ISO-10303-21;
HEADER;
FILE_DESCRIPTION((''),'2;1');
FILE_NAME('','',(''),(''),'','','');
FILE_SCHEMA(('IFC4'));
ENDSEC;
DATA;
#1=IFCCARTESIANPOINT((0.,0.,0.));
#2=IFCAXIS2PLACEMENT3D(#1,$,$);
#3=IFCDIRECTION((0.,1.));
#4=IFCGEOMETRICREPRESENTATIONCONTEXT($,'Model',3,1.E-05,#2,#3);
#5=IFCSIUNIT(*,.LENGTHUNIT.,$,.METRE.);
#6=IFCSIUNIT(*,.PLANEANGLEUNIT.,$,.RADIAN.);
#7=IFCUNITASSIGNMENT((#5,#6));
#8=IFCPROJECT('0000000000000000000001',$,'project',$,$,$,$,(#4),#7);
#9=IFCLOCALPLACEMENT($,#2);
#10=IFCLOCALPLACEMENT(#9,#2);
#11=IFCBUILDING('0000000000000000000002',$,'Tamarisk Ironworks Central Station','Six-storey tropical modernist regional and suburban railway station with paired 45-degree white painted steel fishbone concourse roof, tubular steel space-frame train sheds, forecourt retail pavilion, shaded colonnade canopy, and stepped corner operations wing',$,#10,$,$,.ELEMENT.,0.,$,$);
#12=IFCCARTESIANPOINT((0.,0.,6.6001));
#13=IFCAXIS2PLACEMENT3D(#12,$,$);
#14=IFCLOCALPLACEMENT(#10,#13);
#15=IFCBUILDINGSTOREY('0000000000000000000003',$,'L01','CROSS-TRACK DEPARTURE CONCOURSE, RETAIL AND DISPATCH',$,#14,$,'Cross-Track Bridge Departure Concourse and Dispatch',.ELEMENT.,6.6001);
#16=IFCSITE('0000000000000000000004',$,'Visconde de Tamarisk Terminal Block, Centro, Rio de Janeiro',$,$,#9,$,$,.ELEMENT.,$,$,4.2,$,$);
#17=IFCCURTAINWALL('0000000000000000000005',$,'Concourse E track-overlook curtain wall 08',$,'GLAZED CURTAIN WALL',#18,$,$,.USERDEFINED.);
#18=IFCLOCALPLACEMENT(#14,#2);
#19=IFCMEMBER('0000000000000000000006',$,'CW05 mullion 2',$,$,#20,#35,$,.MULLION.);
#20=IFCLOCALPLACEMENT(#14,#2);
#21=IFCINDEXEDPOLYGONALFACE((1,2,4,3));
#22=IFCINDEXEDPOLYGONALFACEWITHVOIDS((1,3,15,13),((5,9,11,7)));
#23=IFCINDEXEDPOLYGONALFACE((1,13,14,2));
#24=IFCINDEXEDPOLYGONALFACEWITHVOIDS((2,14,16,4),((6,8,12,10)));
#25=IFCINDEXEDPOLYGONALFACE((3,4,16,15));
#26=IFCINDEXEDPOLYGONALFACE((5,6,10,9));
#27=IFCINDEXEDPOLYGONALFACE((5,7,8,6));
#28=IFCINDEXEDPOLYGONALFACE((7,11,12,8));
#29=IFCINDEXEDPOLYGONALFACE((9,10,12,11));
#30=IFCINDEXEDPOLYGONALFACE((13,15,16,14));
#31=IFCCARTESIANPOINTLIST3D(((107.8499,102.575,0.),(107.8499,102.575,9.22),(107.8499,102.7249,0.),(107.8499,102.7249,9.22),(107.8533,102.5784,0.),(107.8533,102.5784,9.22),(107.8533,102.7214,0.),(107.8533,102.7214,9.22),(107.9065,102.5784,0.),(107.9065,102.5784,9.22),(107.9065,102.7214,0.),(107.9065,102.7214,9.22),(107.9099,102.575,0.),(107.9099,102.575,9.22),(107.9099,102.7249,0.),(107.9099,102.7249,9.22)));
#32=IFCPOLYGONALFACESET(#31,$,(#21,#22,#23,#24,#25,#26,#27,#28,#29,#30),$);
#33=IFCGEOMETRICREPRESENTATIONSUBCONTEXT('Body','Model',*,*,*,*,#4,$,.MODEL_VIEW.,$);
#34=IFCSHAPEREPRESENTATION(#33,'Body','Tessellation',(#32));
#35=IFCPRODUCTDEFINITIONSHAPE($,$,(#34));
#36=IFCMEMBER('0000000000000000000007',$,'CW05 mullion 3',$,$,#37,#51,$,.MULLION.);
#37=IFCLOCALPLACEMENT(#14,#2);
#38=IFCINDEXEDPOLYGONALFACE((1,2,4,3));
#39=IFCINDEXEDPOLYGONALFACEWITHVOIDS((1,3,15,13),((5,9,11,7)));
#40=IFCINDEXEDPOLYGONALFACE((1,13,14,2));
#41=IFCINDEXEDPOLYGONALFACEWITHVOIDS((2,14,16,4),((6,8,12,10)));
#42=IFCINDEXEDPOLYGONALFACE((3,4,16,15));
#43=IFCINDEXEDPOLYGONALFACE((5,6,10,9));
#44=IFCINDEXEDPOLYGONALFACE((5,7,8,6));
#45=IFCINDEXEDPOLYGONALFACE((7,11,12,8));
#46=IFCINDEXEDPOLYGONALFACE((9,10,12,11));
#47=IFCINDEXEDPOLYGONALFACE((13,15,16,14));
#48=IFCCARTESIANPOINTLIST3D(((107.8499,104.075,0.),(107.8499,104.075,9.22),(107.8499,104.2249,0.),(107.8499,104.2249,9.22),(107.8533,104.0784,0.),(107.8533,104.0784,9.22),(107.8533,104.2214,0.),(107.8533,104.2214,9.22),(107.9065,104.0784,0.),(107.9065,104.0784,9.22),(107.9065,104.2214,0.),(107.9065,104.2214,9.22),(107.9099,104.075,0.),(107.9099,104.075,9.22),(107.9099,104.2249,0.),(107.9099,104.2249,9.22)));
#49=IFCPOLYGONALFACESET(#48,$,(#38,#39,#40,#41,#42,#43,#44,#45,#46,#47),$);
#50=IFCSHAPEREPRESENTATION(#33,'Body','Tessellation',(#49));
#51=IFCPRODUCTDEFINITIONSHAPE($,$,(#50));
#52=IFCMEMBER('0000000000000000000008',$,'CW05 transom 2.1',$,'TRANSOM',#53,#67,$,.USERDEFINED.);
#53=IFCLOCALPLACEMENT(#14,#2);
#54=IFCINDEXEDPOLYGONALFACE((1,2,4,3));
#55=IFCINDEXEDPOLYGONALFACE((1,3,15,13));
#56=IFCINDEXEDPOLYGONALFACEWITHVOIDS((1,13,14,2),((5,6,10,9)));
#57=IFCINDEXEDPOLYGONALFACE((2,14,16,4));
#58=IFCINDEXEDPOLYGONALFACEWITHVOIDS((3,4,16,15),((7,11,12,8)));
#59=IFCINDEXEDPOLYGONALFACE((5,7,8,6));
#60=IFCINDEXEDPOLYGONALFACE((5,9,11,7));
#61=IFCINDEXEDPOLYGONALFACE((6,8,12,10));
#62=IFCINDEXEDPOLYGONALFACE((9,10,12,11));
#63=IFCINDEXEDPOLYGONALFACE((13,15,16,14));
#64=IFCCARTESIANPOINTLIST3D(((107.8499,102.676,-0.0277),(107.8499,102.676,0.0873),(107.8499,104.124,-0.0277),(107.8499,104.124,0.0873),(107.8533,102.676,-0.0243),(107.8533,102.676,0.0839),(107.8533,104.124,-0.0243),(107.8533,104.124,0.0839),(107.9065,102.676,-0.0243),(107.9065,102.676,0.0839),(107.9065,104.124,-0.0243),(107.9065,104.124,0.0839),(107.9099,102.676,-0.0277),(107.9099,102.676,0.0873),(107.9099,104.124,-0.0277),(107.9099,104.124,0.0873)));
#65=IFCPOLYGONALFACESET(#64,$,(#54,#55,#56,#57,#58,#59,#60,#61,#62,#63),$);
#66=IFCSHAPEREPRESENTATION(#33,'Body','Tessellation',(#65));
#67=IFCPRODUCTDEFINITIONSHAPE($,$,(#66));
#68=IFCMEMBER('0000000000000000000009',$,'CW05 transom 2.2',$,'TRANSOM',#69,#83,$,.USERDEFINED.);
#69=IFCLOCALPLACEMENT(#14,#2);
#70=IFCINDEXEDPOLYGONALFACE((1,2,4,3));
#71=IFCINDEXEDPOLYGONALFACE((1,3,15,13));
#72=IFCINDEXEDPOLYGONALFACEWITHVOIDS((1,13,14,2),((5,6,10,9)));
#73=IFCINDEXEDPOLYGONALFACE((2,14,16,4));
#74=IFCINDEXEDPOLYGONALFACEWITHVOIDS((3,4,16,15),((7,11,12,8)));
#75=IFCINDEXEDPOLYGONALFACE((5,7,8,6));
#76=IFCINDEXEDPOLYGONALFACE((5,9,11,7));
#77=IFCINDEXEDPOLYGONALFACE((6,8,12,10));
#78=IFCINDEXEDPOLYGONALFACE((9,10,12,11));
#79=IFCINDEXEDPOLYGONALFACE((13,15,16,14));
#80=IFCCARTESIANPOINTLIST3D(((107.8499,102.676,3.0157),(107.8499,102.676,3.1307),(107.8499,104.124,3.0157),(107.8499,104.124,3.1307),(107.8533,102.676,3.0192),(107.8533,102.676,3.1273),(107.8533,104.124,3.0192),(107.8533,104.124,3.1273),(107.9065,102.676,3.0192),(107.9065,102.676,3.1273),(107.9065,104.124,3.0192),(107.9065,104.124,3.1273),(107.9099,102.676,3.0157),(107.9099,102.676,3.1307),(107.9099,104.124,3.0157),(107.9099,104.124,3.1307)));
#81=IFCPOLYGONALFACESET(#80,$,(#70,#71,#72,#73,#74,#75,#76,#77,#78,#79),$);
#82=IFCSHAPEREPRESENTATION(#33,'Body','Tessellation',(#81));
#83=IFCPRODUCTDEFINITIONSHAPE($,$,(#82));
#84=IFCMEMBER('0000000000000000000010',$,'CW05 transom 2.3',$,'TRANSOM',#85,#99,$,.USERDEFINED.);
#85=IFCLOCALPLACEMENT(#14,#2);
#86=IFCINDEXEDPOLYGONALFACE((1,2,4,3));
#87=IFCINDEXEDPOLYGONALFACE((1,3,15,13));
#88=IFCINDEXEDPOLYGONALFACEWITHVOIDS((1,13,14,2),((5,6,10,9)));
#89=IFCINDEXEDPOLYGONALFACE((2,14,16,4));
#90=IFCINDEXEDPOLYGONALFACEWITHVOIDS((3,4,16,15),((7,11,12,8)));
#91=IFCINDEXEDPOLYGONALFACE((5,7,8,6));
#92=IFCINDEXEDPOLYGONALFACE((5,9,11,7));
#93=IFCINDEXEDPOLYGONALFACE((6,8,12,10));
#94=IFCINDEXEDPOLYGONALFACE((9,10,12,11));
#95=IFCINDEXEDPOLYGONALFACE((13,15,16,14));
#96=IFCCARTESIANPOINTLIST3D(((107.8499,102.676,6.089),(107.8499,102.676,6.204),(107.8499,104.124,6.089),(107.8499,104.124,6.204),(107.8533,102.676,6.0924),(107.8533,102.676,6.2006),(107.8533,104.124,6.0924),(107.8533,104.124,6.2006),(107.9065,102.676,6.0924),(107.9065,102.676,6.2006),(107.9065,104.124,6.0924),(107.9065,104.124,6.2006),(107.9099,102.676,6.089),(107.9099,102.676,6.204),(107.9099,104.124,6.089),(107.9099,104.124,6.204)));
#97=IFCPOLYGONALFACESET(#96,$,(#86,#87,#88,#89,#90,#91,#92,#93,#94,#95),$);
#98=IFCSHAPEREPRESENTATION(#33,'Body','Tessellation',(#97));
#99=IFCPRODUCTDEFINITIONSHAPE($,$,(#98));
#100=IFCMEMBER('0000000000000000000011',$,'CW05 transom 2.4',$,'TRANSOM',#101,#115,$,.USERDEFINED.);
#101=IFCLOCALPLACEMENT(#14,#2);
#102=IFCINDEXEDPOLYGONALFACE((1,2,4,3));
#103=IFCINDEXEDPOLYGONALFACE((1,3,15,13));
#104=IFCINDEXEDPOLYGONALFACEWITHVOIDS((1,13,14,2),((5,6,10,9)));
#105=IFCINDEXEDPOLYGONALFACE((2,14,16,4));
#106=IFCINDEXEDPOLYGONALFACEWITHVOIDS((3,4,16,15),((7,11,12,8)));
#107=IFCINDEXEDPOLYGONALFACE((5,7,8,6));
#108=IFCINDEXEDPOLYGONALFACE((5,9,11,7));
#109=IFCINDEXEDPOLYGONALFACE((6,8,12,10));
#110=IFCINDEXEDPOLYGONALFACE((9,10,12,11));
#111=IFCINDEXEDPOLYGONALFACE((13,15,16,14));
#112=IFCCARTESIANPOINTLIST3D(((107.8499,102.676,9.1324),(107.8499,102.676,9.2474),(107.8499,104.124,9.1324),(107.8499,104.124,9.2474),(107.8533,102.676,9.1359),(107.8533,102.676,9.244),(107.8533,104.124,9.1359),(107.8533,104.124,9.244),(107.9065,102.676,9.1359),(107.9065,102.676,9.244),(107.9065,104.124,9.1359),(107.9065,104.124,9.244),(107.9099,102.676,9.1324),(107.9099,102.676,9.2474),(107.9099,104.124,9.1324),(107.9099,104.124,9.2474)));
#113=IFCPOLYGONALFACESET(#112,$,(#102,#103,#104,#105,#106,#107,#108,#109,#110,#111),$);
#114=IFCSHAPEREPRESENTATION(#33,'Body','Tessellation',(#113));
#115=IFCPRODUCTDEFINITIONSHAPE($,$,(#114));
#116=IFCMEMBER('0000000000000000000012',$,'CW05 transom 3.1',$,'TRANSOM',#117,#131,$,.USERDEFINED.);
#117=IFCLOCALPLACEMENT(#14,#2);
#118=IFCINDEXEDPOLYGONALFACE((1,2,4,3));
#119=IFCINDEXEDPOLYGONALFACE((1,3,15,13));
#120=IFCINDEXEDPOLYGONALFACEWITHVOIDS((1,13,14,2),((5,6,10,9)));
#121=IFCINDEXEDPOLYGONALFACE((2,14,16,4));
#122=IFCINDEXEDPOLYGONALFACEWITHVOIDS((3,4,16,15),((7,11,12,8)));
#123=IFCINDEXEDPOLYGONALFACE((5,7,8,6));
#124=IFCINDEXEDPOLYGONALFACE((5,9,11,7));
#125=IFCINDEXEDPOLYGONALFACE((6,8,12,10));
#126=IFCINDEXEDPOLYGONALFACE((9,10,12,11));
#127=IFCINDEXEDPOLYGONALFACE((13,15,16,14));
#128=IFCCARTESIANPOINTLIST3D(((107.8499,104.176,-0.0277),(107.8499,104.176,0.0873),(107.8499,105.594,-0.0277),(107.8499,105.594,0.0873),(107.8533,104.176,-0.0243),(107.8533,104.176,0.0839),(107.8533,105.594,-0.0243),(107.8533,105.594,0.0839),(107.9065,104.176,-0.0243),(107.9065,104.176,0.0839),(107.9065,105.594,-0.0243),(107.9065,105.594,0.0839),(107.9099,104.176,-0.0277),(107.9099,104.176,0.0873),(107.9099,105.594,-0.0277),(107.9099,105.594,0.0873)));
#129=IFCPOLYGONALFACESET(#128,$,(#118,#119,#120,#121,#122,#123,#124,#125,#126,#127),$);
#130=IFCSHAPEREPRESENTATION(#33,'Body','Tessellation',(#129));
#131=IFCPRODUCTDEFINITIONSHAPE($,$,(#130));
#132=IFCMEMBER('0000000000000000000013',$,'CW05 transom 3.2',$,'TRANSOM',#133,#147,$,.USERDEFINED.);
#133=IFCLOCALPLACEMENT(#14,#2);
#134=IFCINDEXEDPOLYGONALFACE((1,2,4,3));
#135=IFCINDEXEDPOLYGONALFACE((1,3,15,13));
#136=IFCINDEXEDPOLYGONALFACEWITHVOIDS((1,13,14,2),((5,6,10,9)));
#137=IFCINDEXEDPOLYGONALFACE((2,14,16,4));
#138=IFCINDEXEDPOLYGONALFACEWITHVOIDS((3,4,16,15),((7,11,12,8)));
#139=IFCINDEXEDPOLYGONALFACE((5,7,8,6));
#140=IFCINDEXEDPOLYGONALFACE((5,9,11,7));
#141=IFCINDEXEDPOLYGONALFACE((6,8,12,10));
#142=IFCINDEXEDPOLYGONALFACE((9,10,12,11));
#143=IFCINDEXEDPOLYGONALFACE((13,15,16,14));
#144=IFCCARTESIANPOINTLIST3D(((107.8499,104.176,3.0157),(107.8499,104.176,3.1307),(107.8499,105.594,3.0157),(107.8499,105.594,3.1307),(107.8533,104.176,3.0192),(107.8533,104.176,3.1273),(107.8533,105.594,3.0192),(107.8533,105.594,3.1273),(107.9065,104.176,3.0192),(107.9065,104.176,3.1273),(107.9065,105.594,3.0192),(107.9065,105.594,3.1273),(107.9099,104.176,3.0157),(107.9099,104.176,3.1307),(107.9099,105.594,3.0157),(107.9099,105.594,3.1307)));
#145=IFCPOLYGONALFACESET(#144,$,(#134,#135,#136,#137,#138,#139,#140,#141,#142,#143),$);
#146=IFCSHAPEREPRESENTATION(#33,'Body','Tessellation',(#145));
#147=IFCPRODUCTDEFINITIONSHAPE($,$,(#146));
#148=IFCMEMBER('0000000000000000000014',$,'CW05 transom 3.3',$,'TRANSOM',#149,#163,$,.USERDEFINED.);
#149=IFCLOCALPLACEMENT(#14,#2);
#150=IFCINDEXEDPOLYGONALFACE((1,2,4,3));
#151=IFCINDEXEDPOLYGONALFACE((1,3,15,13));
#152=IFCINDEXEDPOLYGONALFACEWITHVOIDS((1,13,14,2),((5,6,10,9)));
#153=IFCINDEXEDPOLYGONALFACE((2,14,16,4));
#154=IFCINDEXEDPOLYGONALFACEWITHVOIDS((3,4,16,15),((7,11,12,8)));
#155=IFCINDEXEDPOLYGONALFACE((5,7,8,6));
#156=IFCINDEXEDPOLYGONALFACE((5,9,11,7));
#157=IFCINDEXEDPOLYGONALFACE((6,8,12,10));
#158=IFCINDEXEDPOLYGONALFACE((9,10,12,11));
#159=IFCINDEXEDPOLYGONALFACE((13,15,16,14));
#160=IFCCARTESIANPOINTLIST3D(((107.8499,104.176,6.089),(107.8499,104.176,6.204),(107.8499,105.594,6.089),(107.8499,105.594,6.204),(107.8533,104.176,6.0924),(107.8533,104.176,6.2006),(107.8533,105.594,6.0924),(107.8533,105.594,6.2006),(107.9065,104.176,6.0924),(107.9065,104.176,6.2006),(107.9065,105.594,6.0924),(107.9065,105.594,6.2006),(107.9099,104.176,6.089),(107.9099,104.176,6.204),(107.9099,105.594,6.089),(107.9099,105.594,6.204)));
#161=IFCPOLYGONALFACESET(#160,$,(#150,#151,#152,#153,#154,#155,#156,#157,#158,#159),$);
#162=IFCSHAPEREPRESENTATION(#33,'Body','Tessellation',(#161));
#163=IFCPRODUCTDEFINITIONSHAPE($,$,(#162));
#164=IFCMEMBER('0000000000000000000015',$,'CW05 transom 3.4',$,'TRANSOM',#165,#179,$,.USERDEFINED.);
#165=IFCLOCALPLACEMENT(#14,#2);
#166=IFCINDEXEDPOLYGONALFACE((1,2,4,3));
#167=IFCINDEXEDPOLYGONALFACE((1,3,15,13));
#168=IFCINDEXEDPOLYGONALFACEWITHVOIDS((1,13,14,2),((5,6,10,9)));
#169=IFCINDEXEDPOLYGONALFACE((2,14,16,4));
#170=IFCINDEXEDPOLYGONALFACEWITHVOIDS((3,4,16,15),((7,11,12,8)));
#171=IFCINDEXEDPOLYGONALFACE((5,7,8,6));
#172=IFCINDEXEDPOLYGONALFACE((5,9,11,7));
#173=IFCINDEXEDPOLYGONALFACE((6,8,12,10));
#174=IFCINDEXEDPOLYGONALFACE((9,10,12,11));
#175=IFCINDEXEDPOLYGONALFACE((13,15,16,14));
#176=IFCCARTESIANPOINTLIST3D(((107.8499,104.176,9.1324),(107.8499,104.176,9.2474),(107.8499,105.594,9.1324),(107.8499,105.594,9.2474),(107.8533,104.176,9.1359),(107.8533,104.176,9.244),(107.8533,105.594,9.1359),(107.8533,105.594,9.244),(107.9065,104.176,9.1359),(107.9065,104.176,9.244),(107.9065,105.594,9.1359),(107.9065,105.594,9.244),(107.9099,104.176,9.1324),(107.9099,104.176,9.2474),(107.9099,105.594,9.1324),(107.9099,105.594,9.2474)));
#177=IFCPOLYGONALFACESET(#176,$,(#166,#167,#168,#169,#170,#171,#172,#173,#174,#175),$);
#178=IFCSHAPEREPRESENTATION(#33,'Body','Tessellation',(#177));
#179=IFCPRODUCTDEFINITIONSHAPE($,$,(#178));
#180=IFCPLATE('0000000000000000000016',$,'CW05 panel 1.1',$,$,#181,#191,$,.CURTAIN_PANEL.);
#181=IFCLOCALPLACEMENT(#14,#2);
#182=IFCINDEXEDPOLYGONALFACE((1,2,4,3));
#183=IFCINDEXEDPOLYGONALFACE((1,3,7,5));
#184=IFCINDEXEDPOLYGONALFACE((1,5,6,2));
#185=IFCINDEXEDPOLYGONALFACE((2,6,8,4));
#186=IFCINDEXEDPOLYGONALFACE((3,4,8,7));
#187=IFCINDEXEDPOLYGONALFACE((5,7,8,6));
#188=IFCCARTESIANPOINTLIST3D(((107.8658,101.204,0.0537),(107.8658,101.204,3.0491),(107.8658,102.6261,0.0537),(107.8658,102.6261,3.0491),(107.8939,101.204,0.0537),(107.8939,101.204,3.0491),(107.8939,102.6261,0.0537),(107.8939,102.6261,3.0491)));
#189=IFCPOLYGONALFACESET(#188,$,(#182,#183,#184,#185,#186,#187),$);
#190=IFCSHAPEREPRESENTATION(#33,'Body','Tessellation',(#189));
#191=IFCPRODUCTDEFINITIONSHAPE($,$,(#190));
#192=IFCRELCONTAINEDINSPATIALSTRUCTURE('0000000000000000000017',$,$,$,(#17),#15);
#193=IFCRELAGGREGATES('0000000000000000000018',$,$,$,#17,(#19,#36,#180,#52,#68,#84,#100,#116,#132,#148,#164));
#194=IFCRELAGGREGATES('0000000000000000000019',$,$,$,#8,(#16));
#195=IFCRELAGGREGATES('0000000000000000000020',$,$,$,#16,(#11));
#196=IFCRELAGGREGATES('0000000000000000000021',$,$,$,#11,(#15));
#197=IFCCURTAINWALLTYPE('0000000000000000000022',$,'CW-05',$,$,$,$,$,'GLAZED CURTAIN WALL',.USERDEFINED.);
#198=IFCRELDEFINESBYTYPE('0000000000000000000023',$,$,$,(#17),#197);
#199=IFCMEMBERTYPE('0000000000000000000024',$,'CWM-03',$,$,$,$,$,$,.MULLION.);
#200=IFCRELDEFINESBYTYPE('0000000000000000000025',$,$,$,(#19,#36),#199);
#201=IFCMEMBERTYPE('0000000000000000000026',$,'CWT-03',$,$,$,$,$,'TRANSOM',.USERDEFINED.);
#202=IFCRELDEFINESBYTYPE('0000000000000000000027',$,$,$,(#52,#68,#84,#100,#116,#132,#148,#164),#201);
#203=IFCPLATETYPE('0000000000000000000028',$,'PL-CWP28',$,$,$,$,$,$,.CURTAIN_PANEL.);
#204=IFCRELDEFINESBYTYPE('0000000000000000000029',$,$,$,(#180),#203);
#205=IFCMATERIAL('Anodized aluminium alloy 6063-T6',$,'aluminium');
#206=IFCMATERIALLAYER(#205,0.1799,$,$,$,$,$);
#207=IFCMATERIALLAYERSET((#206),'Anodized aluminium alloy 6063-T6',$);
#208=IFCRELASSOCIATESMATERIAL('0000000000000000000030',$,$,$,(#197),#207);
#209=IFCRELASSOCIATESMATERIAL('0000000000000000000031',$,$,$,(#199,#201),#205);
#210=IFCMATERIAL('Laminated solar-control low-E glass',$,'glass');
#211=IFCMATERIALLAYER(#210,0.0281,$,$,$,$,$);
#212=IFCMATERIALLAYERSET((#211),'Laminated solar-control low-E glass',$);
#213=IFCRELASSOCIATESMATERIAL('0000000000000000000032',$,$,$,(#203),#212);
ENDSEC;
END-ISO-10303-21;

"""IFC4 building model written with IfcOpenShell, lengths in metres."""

from ifc_helpers import new_model, si_unit, direction, frame, origin, origin_2d, place, context, subcontext, project, spatial, rectangle, hollow_rectangle, extrude, material, layer, layer_set, material_profile, profile_set, type_object, element, aggregate, save


model = new_model("IFC4")

# Units and contexts
model_context = context("Model", 3, precision=1e-05, world=origin(), true_north=direction((0.0, 1.0)))
body_context = subcontext(model_context, "Body", "Model", "MODEL_VIEW")
ifc_project = project(units=[si_unit("LENGTHUNIT", "METRE"), si_unit("PLANEANGLEUNIT", "RADIAN")], contexts=[model_context])

# Site, building, storey
site_placement = place(None, origin())
site = spatial("IfcSite", under=ifc_project, at=site_placement, Name="Visconde de Tamarisk Terminal Block, Centro, Rio de Janeiro", CompositionType="ELEMENT", RefElevation=4.2)
building_placement = place(site_placement, origin())
building = spatial("IfcBuilding", under=site, at=building_placement, Name="Tamarisk Ironworks Central Station", Description="Six-storey tropical modernist regional and suburban railway station with paired 45-degree white painted steel fishbone concourse roof, tubular steel space-frame train sheds, forecourt retail pavilion, shaded colonnade canopy, and stepped corner operations wing", CompositionType="ELEMENT", ElevationOfRefHeight=0.0)
storey_placement = place(building_placement, frame((0.0, 0.0, 6.6001)))
storey = spatial("IfcBuildingStorey", under=building, at=storey_placement, Name="L01", Description="CROSS-TRACK DEPARTURE CONCOURSE, RETAIL AND DISPATCH", LongName="Cross-Track Bridge Departure Concourse and Dispatch", CompositionType="ELEMENT", Elevation=6.6001)

# Curtain wall, members, plate
ifc_material_1 = material(Name="Anodized aluminium alloy 6063-T6", Category="aluminium")
ifc_layer_1 = layer(ifc_material_1, 0.1799)
ifc_layer_set_1 = layer_set([ifc_layer_1], Name="Anodized aluminium alloy 6063-T6")
curtain_wall_type = type_object("IfcCurtainWallType", Name="CW-05", ElementType="GLAZED CURTAIN WALL", PredefinedType="USERDEFINED", material=ifc_layer_set_1)
curtain_wall_placement = place(storey_placement, origin())
curtain_wall = element("IfcCurtainWall", 1, at=curtain_wall_placement, inside=storey, type_object=curtain_wall_type, Name="Concourse E track-overlook curtain wall 08", ObjectType="GLAZED CURTAIN WALL", PredefinedType="USERDEFINED")
ifc_material_profile_1 = material_profile(ifc_material_1, hollow_rectangle(XDim=0.0601, YDim=0.1499, WallThickness=0.0034, at=origin_2d()), Name="ALUM 150x60")
ifc_profile_set_1 = profile_set([ifc_material_profile_1], Name="Anodized aluminium alloy 6063-T6")
member_type_1 = type_object("IfcMemberType", Name="CWM-03", PredefinedType="MULLION", material=ifc_profile_set_1)
member_1_placement = place(storey_placement, frame((107.8799, 102.6499, 0.0), z_axis=(0.0, 0.0, 1.0), x_axis=(-1.0, 0.0, 0.0)))
member_1 = element("IfcMember", 2, at=member_1_placement, type_object=member_type_1, Name="CW05 mullion 2", PredefinedType="MULLION", context=body_context, shape_type="SweptSolid", body=[
    extrude(hollow_rectangle(XDim=0.0601, YDim=0.1499, WallThickness=0.0034, at=origin_2d()), origin(), (0.0, 0.0, 1.0), 9.22),
])
member_2_placement = place(storey_placement, frame((107.8799, 104.1499, 0.0), z_axis=(0.0, 0.0, 1.0), x_axis=(-1.0, 0.0, 0.0)))
member_2 = element("IfcMember", 3, at=member_2_placement, type_object=member_type_1, Name="CW05 mullion 3", PredefinedType="MULLION", context=body_context, shape_type="SweptSolid", body=[
    extrude(hollow_rectangle(XDim=0.0601, YDim=0.1499, WallThickness=0.0034, at=origin_2d()), origin(), (0.0, 0.0, 1.0), 9.22),
])
ifc_material_profile_2 = material_profile(ifc_material_1, hollow_rectangle(XDim=0.0601, YDim=0.115, WallThickness=0.0034, at=origin_2d()), Name="ALUM 115x60")
ifc_profile_set_2 = profile_set([ifc_material_profile_2], Name="Anodized aluminium alloy 6063-T6")
member_type_2 = type_object("IfcMemberType", Name="CWT-03", ElementType="TRANSOM", PredefinedType="USERDEFINED", material=ifc_profile_set_2)
member_3_placement = place(storey_placement, frame((107.8799, 102.676, 0.0298), z_axis=(0.0, 1.0, 0.0), x_axis=(-1.0, 0.0, 0.0)))
member_3 = element("IfcMember", 4, at=member_3_placement, type_object=member_type_2, Name="CW05 transom 2.1", ObjectType="TRANSOM", PredefinedType="USERDEFINED", context=body_context, shape_type="SweptSolid", body=[
    extrude(hollow_rectangle(XDim=0.0601, YDim=0.115, WallThickness=0.0034, at=origin_2d()), origin(), (0.0, 0.0, 1.0), 1.448),
])
member_4_placement = place(storey_placement, frame((107.8799, 102.676, 3.0732), z_axis=(0.0, 1.0, 0.0), x_axis=(-1.0, 0.0, 0.0)))
member_4 = element("IfcMember", 5, at=member_4_placement, type_object=member_type_2, Name="CW05 transom 2.2", ObjectType="TRANSOM", PredefinedType="USERDEFINED", context=body_context, shape_type="SweptSolid", body=[
    extrude(hollow_rectangle(XDim=0.0601, YDim=0.115, WallThickness=0.0034, at=origin_2d()), origin(), (0.0, 0.0, 1.0), 1.448),
])
member_5_placement = place(storey_placement, frame((107.8799, 102.676, 6.1465), z_axis=(0.0, 1.0, 0.0), x_axis=(-1.0, 0.0, 0.0)))
member_5 = element("IfcMember", 6, at=member_5_placement, type_object=member_type_2, Name="CW05 transom 2.3", ObjectType="TRANSOM", PredefinedType="USERDEFINED", context=body_context, shape_type="SweptSolid", body=[
    extrude(hollow_rectangle(XDim=0.0601, YDim=0.115, WallThickness=0.0034, at=origin_2d()), origin(), (0.0, 0.0, 1.0), 1.448),
])
member_6_placement = place(storey_placement, frame((107.8799, 102.676, 9.1899), z_axis=(0.0, 1.0, 0.0), x_axis=(-1.0, 0.0, 0.0)))
member_6 = element("IfcMember", 7, at=member_6_placement, type_object=member_type_2, Name="CW05 transom 2.4", ObjectType="TRANSOM", PredefinedType="USERDEFINED", context=body_context, shape_type="SweptSolid", body=[
    extrude(hollow_rectangle(XDim=0.0601, YDim=0.115, WallThickness=0.0034, at=origin_2d()), origin(), (0.0, 0.0, 1.0), 1.448),
])
member_7_placement = place(storey_placement, frame((107.8799, 104.176, 0.0298), z_axis=(0.0, 1.0, 0.0), x_axis=(-1.0, 0.0, 0.0)))
member_7 = element("IfcMember", 8, at=member_7_placement, type_object=member_type_2, Name="CW05 transom 3.1", ObjectType="TRANSOM", PredefinedType="USERDEFINED", context=body_context, shape_type="SweptSolid", body=[
    extrude(hollow_rectangle(XDim=0.0601, YDim=0.115, WallThickness=0.0034, at=origin_2d()), origin(), (0.0, 0.0, 1.0), 1.418),
])
member_8_placement = place(storey_placement, frame((107.8799, 104.176, 3.0732), z_axis=(0.0, 1.0, 0.0), x_axis=(-1.0, 0.0, 0.0)))
member_8 = element("IfcMember", 9, at=member_8_placement, type_object=member_type_2, Name="CW05 transom 3.2", ObjectType="TRANSOM", PredefinedType="USERDEFINED", context=body_context, shape_type="SweptSolid", body=[
    extrude(hollow_rectangle(XDim=0.0601, YDim=0.115, WallThickness=0.0034, at=origin_2d()), origin(), (0.0, 0.0, 1.0), 1.418),
])
member_9_placement = place(storey_placement, frame((107.8799, 104.176, 6.1465), z_axis=(0.0, 1.0, 0.0), x_axis=(-1.0, 0.0, 0.0)))
member_9 = element("IfcMember", 10, at=member_9_placement, type_object=member_type_2, Name="CW05 transom 3.3", ObjectType="TRANSOM", PredefinedType="USERDEFINED", context=body_context, shape_type="SweptSolid", body=[
    extrude(hollow_rectangle(XDim=0.0601, YDim=0.115, WallThickness=0.0034, at=origin_2d()), origin(), (0.0, 0.0, 1.0), 1.418),
])
member_10_placement = place(storey_placement, frame((107.8799, 104.176, 9.1899), z_axis=(0.0, 1.0, 0.0), x_axis=(-1.0, 0.0, 0.0)))
member_10 = element("IfcMember", 11, at=member_10_placement, type_object=member_type_2, Name="CW05 transom 3.4", ObjectType="TRANSOM", PredefinedType="USERDEFINED", context=body_context, shape_type="SweptSolid", body=[
    extrude(hollow_rectangle(XDim=0.0601, YDim=0.115, WallThickness=0.0034, at=origin_2d()), origin(), (0.0, 0.0, 1.0), 1.418),
])
ifc_material_2 = material(Name="Laminated solar-control low-E glass", Category="glass")
ifc_layer_2 = layer(ifc_material_2, 0.0281)
ifc_layer_set_2 = layer_set([ifc_layer_2], Name="Laminated solar-control low-E glass")
plate_type = type_object("IfcPlateType", Name="PL-CWP28", PredefinedType="CURTAIN_PANEL", material=ifc_layer_set_2)
plate_1_placement = place(storey_placement, frame((107.8799, 101.915, 0.0537), z_axis=(0.0, 0.0, 1.0), x_axis=(0.0, 1.0, 0.0)))
plate_1 = element("IfcPlate", 12, at=plate_1_placement, type_object=plate_type, Name="CW05 panel 1.1", PredefinedType="CURTAIN_PANEL", context=body_context, shape_type="SweptSolid", body=[
    extrude(rectangle(XDim=1.4221, YDim=0.0281, at=origin_2d()), origin(), (0.0, 0.0, 1.0), 2.9954),
])
aggregate(curtain_wall, [member_1, member_2, plate_1, member_3, member_4, member_5, member_6, member_7, member_8, member_9, member_10])

save(model, "model.ifc")
